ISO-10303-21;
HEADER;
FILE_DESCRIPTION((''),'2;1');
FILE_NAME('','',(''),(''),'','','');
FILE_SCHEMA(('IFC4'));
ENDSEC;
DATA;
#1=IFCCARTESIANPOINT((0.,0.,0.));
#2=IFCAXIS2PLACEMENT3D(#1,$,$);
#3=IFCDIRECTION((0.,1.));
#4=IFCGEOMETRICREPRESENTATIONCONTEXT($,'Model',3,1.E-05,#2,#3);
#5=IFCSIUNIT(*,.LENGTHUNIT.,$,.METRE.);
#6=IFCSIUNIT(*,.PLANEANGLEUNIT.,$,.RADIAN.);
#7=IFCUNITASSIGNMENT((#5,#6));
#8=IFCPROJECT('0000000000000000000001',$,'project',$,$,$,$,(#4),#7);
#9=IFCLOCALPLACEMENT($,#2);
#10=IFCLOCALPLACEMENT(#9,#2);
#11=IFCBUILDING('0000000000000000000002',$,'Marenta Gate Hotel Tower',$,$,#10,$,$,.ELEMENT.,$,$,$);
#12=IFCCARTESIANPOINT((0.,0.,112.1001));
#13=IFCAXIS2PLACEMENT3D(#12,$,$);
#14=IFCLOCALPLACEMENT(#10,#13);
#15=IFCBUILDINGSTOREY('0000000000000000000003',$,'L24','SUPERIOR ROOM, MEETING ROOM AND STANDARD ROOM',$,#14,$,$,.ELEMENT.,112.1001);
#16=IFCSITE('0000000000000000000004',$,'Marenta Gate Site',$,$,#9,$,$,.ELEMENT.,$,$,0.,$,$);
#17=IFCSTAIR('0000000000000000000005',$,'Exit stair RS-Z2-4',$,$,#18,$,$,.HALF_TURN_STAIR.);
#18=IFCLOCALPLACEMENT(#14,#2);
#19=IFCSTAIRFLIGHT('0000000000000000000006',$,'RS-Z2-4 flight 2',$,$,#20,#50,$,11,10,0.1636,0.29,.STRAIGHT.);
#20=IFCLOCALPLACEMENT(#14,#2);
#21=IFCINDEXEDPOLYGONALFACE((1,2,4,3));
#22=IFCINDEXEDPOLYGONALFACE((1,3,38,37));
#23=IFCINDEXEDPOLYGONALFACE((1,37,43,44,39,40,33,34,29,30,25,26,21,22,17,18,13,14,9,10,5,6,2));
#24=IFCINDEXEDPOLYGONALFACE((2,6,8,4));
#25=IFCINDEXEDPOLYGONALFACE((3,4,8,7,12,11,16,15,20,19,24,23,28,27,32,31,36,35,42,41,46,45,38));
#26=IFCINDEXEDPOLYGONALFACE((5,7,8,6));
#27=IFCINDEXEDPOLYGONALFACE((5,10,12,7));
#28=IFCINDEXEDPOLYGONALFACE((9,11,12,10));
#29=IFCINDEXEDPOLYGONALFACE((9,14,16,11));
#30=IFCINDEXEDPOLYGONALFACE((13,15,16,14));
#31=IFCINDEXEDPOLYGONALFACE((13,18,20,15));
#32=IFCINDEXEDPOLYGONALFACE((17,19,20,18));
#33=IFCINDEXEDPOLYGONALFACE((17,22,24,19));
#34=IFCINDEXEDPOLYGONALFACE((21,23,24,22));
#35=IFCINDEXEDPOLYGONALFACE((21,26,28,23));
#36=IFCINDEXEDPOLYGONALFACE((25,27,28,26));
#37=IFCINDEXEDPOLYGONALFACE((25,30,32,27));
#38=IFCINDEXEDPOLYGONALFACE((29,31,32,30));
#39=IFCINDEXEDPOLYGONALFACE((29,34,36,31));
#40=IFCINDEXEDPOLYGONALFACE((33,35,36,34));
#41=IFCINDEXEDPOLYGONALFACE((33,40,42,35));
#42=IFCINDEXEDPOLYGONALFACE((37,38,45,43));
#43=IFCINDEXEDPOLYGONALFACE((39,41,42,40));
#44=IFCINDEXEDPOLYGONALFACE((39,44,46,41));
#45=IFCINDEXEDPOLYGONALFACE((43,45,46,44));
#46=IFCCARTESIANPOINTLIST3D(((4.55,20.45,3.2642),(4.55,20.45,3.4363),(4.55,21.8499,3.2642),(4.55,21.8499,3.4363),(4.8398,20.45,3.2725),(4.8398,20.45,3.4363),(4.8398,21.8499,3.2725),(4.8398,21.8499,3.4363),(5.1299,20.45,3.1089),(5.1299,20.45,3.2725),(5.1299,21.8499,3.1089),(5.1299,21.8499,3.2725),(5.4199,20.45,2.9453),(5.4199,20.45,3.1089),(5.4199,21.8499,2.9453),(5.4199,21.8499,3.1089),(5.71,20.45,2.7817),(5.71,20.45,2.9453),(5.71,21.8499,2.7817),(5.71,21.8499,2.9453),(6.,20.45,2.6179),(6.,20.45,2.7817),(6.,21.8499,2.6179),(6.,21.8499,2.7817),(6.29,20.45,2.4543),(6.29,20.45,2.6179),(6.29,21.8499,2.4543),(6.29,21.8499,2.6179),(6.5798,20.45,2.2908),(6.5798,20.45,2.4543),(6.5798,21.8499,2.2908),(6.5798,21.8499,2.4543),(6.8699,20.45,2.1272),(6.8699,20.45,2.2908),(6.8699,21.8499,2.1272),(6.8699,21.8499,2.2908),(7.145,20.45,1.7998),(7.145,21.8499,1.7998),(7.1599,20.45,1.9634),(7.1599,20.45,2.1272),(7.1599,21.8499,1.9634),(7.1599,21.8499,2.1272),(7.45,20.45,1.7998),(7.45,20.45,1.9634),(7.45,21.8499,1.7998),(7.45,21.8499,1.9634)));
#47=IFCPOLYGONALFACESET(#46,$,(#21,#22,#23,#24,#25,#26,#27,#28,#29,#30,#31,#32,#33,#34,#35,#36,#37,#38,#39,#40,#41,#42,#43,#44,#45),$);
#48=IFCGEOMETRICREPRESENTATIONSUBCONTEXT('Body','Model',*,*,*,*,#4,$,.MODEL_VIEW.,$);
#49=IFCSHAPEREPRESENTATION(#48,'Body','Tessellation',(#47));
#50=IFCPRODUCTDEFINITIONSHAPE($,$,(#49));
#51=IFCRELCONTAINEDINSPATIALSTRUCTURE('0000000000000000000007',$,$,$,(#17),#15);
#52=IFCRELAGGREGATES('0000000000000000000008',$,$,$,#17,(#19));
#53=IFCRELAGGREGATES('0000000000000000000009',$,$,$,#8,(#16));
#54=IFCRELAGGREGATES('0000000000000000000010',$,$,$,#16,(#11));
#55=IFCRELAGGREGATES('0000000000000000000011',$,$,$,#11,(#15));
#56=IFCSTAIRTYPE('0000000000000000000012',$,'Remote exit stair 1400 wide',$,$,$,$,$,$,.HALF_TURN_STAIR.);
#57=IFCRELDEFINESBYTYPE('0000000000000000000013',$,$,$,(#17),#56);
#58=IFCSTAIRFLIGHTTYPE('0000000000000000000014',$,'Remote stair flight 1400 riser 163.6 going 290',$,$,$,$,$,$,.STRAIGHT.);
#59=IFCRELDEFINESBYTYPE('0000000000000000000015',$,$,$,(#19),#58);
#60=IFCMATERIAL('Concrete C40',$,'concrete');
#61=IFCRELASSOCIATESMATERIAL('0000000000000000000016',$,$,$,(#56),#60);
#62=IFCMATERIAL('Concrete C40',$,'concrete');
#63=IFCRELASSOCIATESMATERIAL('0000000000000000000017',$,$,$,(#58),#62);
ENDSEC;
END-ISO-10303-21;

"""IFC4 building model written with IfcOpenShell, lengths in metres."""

from ifc_helpers import new_model, si_unit, direction, frame, origin, place, context, subcontext, project, spatial, polyline, outline, extrude, material, type_object, element, aggregate, save


model = new_model("IFC4")

# Units and contexts
model_context = context("Model", 3, precision=1e-05, world=origin(), true_north=direction((0.0, 1.0)))
body_context = subcontext(model_context, "Body", "Model", "MODEL_VIEW")
ifc_project = project(units=[si_unit("LENGTHUNIT", "METRE"), si_unit("PLANEANGLEUNIT", "RADIAN")], contexts=[model_context])

# Site, building, storey
site_placement = place(None, origin())
site = spatial("IfcSite", under=ifc_project, at=site_placement, Name="Marenta Gate Site", CompositionType="ELEMENT", RefElevation=0.0)
building_placement = place(site_placement, origin())
building = spatial("IfcBuilding", under=site, at=building_placement, Name="Marenta Gate Hotel Tower", CompositionType="ELEMENT")
storey_placement = place(building_placement, frame((0.0, 0.0, 112.1001)))
storey = spatial("IfcBuildingStorey", under=building, at=storey_placement, Name="L24", Description="SUPERIOR ROOM, MEETING ROOM AND STANDARD ROOM", CompositionType="ELEMENT", Elevation=112.1001)

# Stair, stair flight
ifc_material_1 = material(Name="Concrete C40", Category="concrete")
stair_type = type_object("IfcStairType", Name="Remote exit stair 1400 wide", PredefinedType="HALF_TURN_STAIR", material=ifc_material_1)
stair_placement = place(storey_placement, origin())
stair = element("IfcStair", 1, at=stair_placement, inside=storey, type_object=stair_type, Name="Exit stair RS-Z2-4", PredefinedType="HALF_TURN_STAIR")
ifc_material_2 = material(Name="Concrete C40", Category="concrete")
stair_flight_type = type_object("IfcStairFlightType", Name="Remote stair flight 1400 riser 163.6 going 290", PredefinedType="STRAIGHT", material=ifc_material_2)
stair_flight_placement = place(storey_placement, frame((7.45, 21.1499, 1.7998), z_axis=(0.0, 0.0, 1.0), x_axis=(-1.0, 0.0, 0.0)))
stair_flight = element("IfcStairFlight", 2, at=stair_flight_placement, type_object=stair_flight_type, Name="RS-Z2-4 flight 2", NumberOfRisers=11, NumberOfTreads=10, PredefinedType="STRAIGHT", RiserHeight=0.1636, TreadLength=0.29, context=body_context, shape_type="SweptSolid", body=[
    extrude(outline(polyline([(0.0, 0.0), (0.0, 0.1636), (0.29, 0.1636), (0.29, 0.3274), (0.5801, 0.3274), (0.5801, 0.491), (0.8701, 0.491), (0.8701, 0.6545), (1.1599, 0.6545), (1.1599, 0.8181), (1.45, 0.8181), (1.45, 0.9819), (1.74, 0.9819), (1.74, 1.1455), (2.03, 1.1455), (2.03, 1.3091), (2.3201, 1.3091), (2.3201, 1.4727), (2.6101, 1.4727), (2.6101, 1.6365), (2.8999, 1.6365), (2.8999, 1.8), (2.8999, 1.4644), (0.3049, 0.0), (0.0, 0.0)])), frame((0.0, 0.7, 0.0), z_axis=(0.0, -1.0, 0.0), x_axis=(1.0, 0.0, 0.0)), (0.0, 0.0, 1.0), 1.3999),
])
aggregate(stair, [stair_flight])

save(model, "model.ifc")
